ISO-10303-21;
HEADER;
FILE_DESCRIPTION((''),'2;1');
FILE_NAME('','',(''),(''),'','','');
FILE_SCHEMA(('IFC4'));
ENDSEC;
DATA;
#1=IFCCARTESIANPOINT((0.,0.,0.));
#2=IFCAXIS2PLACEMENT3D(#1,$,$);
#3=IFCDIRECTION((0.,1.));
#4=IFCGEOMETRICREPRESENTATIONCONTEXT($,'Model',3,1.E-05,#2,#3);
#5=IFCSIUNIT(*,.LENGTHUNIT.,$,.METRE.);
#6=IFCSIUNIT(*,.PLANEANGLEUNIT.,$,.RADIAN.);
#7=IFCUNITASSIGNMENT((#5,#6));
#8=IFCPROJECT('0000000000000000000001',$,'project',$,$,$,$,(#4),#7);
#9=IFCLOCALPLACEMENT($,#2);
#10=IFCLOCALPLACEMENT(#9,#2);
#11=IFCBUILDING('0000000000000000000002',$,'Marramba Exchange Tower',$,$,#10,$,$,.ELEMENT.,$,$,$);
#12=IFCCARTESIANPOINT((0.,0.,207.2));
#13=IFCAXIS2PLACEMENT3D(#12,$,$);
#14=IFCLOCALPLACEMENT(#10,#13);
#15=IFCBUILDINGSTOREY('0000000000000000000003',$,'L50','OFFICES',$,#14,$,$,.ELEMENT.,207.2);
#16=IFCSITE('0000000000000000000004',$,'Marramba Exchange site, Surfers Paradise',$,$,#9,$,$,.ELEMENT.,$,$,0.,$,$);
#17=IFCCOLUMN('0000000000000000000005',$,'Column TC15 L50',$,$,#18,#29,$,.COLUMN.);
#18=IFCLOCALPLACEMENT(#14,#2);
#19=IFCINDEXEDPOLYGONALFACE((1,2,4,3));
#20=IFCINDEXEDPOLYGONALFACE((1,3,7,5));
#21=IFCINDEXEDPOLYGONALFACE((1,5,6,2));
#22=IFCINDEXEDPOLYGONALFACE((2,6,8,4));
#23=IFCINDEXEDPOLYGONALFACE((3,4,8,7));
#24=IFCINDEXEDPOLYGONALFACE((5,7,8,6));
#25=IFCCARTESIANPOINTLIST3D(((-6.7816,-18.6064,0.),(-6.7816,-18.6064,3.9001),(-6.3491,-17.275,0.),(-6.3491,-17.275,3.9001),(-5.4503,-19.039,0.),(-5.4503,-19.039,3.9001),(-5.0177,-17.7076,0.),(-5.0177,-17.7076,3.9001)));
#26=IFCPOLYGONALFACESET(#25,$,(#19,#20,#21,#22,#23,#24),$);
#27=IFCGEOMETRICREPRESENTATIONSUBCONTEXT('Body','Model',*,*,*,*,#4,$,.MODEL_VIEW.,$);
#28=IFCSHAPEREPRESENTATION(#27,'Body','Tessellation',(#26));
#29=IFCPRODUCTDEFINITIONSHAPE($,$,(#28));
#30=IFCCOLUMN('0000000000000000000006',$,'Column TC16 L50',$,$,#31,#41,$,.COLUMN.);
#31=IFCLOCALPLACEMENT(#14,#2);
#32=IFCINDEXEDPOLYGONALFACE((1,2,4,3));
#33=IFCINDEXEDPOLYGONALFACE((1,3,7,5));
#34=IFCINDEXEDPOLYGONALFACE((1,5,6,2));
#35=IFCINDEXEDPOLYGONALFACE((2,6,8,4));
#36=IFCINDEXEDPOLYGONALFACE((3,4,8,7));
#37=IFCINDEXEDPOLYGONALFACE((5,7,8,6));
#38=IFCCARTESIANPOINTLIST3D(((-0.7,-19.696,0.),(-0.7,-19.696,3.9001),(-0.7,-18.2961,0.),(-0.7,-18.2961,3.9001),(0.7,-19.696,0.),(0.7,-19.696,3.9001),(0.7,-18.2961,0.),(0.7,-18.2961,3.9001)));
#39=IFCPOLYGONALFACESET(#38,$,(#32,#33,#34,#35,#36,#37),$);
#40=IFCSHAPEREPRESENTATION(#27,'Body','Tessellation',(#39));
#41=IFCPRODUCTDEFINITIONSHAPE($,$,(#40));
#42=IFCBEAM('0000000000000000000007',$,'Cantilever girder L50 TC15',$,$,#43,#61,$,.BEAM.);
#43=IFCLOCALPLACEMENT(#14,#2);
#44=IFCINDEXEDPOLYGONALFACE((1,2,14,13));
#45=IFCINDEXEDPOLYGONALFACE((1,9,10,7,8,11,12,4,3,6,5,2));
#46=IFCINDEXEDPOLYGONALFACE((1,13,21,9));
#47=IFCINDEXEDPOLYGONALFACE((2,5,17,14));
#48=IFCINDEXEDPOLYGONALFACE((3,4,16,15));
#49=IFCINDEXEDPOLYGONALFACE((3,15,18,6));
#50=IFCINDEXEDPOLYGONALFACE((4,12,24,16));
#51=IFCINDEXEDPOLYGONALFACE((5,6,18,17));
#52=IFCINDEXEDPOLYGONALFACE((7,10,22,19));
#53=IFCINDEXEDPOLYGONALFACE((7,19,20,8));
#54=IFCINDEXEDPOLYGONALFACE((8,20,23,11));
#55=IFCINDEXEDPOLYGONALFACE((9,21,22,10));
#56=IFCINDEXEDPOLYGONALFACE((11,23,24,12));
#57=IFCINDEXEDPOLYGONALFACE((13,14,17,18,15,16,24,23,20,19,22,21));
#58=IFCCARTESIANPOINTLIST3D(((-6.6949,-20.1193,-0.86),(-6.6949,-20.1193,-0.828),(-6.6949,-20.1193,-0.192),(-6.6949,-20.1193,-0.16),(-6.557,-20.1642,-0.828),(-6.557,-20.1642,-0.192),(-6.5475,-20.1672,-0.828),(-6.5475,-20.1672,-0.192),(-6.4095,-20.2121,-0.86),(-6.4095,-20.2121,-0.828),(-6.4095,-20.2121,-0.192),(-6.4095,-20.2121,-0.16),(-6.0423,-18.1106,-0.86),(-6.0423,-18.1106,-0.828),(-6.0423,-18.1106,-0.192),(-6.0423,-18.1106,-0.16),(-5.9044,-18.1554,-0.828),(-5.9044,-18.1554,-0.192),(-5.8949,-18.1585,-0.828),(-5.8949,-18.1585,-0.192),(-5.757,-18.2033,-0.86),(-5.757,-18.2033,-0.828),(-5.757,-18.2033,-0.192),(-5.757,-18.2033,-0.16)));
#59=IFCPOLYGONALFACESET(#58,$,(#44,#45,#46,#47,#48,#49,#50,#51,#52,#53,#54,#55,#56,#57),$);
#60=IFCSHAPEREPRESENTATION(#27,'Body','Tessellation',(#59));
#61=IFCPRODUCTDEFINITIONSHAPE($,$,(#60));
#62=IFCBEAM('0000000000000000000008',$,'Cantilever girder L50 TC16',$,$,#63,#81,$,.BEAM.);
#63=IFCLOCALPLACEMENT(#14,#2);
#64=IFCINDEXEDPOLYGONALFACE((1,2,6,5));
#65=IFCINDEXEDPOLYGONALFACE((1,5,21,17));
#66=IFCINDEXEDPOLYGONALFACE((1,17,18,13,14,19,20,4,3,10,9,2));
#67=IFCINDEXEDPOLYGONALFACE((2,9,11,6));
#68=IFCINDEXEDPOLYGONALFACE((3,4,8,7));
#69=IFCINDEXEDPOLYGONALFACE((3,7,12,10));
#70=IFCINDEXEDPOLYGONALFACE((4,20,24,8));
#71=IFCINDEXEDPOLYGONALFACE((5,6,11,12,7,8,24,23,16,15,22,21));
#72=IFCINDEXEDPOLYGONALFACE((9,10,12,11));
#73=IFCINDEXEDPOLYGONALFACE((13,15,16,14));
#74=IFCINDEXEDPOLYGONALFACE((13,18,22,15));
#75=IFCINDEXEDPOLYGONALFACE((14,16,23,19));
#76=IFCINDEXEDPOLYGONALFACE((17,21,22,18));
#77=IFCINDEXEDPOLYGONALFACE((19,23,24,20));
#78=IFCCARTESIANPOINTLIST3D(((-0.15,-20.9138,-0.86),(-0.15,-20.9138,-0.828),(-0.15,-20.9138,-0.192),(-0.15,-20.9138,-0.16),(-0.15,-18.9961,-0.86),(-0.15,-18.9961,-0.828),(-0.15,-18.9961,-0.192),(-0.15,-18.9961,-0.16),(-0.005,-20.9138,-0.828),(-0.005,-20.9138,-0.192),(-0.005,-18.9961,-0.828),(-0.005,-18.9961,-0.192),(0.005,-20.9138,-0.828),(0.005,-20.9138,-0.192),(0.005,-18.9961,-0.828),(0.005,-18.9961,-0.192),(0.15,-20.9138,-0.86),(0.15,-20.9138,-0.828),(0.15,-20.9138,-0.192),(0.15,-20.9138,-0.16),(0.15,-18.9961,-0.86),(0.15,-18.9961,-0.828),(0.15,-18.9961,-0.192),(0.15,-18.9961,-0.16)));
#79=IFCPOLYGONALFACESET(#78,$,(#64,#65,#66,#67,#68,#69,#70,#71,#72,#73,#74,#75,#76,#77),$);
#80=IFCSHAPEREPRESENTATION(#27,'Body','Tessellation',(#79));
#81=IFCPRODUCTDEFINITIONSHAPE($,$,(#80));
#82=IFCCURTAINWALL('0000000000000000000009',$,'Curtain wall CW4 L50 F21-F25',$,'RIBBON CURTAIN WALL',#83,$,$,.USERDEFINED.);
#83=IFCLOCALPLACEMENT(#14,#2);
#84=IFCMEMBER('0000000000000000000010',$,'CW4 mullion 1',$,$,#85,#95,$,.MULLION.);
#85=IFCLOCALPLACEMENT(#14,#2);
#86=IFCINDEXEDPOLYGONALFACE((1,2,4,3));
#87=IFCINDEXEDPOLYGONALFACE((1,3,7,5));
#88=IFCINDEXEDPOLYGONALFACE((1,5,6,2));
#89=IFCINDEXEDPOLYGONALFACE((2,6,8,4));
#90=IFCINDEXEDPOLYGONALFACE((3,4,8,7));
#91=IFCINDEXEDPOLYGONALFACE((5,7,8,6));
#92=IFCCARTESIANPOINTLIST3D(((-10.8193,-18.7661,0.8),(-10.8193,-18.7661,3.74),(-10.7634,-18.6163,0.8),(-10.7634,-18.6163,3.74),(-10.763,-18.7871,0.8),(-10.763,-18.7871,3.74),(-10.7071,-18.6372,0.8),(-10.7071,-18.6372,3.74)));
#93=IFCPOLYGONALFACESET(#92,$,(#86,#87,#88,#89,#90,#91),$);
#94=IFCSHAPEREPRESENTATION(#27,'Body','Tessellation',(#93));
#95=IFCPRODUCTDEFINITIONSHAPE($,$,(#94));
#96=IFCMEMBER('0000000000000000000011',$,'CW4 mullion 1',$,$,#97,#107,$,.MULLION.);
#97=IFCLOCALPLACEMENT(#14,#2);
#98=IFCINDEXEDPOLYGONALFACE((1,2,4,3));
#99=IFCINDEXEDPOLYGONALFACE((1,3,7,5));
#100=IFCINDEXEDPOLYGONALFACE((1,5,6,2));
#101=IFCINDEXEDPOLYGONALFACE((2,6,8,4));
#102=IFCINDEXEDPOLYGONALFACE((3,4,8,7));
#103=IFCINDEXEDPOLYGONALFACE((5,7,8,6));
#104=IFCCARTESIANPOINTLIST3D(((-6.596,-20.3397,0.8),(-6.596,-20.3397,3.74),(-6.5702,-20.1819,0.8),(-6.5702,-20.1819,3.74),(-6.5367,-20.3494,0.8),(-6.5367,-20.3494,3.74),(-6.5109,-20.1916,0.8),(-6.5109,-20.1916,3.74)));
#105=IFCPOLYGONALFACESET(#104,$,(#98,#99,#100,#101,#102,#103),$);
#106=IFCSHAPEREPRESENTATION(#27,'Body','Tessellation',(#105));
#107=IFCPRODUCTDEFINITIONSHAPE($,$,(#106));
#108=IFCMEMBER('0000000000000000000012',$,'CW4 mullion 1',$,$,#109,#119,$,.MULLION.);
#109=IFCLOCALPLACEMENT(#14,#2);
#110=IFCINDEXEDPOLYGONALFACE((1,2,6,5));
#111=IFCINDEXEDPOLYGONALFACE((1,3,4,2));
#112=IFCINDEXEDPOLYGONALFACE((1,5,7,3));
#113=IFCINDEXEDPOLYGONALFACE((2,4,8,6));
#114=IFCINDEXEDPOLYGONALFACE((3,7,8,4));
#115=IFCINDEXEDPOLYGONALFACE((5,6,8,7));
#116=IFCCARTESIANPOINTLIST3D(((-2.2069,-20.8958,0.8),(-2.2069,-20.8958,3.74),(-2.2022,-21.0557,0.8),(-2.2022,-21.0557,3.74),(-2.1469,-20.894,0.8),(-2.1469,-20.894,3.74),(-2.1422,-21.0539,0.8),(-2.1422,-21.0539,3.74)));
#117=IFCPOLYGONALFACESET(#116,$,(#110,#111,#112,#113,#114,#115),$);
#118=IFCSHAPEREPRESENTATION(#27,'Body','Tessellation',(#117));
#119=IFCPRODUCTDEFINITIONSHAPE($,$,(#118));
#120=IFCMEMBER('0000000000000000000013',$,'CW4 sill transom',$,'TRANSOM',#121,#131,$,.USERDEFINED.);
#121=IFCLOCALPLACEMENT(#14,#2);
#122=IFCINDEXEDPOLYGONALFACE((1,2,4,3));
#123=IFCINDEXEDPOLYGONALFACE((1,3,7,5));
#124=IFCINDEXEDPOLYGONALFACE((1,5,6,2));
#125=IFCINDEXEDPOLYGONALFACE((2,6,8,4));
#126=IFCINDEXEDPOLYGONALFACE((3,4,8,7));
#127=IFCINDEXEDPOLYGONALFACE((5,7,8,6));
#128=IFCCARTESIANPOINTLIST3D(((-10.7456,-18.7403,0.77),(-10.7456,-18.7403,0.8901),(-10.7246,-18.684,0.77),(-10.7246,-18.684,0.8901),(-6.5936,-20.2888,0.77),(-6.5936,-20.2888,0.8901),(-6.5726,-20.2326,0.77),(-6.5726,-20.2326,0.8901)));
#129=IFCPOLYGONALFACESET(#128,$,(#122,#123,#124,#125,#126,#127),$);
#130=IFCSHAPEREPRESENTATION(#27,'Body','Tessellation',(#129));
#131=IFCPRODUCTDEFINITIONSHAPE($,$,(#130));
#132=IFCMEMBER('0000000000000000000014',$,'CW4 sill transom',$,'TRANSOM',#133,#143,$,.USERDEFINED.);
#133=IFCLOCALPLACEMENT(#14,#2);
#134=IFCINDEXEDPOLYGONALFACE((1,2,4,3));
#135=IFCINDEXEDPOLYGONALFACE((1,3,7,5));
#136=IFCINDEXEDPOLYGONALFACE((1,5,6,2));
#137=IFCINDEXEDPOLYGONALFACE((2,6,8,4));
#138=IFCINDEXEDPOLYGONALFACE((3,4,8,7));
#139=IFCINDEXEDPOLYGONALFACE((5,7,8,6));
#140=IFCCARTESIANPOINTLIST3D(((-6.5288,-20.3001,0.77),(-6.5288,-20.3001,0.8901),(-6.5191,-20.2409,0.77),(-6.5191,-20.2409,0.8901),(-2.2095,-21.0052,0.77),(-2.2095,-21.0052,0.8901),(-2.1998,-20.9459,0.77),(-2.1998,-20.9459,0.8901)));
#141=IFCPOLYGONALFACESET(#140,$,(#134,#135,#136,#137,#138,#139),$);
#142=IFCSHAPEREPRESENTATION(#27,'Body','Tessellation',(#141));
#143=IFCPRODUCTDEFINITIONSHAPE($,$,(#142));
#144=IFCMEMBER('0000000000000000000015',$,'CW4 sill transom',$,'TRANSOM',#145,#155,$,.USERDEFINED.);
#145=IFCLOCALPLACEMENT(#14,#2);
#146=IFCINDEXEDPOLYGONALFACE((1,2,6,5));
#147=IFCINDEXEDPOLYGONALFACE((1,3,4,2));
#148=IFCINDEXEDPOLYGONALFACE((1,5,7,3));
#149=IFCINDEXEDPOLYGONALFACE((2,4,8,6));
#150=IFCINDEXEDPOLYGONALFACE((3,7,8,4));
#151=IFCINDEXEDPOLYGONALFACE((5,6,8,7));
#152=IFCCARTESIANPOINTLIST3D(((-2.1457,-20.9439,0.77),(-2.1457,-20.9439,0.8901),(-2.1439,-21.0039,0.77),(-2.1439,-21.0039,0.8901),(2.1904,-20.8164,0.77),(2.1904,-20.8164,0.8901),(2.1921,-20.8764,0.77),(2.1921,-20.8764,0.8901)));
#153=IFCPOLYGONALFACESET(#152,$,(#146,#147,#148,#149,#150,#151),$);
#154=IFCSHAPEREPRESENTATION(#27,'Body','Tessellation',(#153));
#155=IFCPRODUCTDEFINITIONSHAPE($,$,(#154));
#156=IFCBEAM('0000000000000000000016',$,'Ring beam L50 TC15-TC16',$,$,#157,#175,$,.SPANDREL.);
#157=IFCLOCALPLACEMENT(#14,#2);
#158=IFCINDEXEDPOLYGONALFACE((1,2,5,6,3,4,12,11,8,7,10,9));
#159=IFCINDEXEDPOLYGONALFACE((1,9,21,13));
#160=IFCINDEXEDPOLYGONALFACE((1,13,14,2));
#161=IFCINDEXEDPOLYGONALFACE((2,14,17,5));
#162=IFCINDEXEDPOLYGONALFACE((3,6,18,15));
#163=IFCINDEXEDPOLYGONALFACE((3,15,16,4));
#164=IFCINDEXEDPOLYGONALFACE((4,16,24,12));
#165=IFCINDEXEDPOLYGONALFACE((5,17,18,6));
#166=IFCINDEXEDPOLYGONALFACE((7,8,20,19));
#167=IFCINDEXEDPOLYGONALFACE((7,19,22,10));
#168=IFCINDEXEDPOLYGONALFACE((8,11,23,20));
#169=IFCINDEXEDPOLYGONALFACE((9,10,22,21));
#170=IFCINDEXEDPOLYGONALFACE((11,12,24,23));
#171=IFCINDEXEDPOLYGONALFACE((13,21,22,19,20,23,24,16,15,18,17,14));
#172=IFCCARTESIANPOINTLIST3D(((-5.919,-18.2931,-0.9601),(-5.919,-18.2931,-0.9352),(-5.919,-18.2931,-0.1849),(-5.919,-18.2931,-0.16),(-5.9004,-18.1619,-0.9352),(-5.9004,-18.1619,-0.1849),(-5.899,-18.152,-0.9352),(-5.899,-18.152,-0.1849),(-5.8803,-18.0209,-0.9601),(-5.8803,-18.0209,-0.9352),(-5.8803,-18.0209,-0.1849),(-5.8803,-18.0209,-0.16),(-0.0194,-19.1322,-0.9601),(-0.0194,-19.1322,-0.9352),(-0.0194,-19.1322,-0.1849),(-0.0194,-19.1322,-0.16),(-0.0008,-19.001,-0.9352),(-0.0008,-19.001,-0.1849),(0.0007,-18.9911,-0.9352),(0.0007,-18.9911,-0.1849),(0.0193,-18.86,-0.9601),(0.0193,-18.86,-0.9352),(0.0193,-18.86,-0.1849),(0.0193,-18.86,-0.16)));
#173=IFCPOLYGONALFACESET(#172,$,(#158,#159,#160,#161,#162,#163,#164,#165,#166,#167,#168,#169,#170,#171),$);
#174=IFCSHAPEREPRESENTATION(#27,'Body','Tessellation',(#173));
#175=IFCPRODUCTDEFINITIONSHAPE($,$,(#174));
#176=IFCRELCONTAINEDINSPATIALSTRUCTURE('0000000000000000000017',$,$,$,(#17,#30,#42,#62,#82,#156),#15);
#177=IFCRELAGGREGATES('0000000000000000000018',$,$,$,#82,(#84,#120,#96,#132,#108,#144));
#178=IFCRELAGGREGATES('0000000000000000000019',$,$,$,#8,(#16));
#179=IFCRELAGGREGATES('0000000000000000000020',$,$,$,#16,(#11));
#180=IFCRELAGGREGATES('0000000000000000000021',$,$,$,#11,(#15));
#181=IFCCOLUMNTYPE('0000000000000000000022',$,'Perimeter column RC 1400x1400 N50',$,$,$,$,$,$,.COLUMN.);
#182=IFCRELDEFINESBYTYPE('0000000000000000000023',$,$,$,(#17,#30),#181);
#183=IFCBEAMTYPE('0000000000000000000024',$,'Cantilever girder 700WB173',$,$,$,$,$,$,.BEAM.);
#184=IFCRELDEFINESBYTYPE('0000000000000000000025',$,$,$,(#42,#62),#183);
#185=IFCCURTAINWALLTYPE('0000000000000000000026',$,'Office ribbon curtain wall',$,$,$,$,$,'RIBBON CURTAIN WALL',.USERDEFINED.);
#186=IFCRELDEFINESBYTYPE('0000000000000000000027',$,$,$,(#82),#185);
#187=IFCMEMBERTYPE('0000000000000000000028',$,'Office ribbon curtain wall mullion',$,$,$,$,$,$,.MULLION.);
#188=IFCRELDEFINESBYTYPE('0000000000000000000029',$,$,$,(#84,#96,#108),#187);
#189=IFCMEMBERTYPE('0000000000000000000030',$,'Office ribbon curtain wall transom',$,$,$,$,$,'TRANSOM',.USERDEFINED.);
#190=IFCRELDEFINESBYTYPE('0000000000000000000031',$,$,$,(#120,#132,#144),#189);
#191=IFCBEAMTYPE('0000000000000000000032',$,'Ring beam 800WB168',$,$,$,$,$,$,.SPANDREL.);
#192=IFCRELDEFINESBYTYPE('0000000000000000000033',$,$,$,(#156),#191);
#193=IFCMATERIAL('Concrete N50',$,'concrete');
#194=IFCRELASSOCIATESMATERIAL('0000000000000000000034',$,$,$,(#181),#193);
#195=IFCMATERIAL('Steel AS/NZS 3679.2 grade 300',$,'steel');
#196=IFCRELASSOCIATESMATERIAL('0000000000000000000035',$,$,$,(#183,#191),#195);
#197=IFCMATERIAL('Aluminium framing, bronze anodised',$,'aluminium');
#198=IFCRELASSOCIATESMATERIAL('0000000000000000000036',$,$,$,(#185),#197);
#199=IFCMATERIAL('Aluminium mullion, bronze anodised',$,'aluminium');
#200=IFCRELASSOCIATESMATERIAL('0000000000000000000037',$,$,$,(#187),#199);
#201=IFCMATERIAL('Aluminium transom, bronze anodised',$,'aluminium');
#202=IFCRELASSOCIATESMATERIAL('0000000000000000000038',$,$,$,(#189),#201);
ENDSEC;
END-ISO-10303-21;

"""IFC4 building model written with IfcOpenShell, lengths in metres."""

from ifc_helpers import new_model, si_unit, direction, frame, origin, origin_2d, place, context, subcontext, project, spatial, rectangle, i_section, extrude, material, material_profile, profile_set, type_object, element, aggregate, save


model = new_model("IFC4")

# Units and contexts
model_context = context("Model", 3, precision=1e-05, world=origin(), true_north=direction((0.0, 1.0)))
body_context = subcontext(model_context, "Body", "Model", "MODEL_VIEW")
ifc_project = project(units=[si_unit("LENGTHUNIT", "METRE"), si_unit("PLANEANGLEUNIT", "RADIAN")], contexts=[model_context])

# Site, building, storey
site_placement = place(None, origin())
site = spatial("IfcSite", under=ifc_project, at=site_placement, Name="Marramba Exchange site, Surfers Paradise", CompositionType="ELEMENT", RefElevation=0.0)
building_placement = place(site_placement, origin())
building = spatial("IfcBuilding", under=site, at=building_placement, Name="Marramba Exchange Tower", CompositionType="ELEMENT")
storey_placement = place(building_placement, frame((0.0, 0.0, 207.2)))
storey = spatial("IfcBuildingStorey", under=building, at=storey_placement, Name="L50", Description="OFFICES", CompositionType="ELEMENT", Elevation=207.2)

# Columns
ifc_material_1 = material(Name="Concrete N50", Category="concrete")
ifc_material_profile_1 = material_profile(ifc_material_1, rectangle(XDim=1.3999, YDim=1.3999, at=origin_2d()), Name="RC 1400x1400")
ifc_profile_set_1 = profile_set([ifc_material_profile_1], Name="Concrete N50")
column_type = type_object("IfcColumnType", Name="Perimeter column RC 1400x1400 N50", PredefinedType="COLUMN", material=ifc_profile_set_1)
for number, where, z_axis, x_axis, name in (
    (1, (-5.8997, -18.157, 0.0), (0.0, 0.0, 1.0), (-0.309017, -0.951057, 0.0), "Column TC15 L50"),
    (2, (0.0, -18.9961, 0.0), (0.0, 0.0, 1.0), (0.0, -1.0, 0.0), "Column TC16 L50"),
):
    element("IfcColumn", number, at=place(storey_placement, frame(where, z_axis=z_axis, x_axis=x_axis)), inside=storey, type_object=column_type, Name=name, PredefinedType="COLUMN", context=body_context, shape_type="SweptSolid", body=[
        extrude(rectangle(XDim=1.3999, YDim=1.3999, at=origin_2d()), origin(), (0.0, 0.0, 1.0), 3.9001),
    ])

# Beams
ifc_material_2 = material(Name="Steel AS/NZS 3679.2 grade 300", Category="steel")
ifc_material_profile_2 = material_profile(ifc_material_2, i_section(OverallWidth=0.3, OverallDepth=0.7, WebThickness=0.01, FlangeThickness=0.032, at=origin_2d()), Name="700WB173")
ifc_profile_set_2 = profile_set([ifc_material_profile_2], Name="Steel AS/NZS 3679.2 grade 300")
beam_type_1 = type_object("IfcBeamType", Name="Cantilever girder 700WB173", PredefinedType="BEAM", material=ifc_profile_set_2)
beam_1_placement = place(storey_placement, frame((-5.8997, -18.157, -0.51), z_axis=(-0.308971, -0.951071, 0.0), x_axis=(0.951071, -0.308971, 0.0)))
element("IfcBeam", 3, at=beam_1_placement, inside=storey, type_object=beam_type_1, Name="Cantilever girder L50 TC15", PredefinedType="BEAM", context=body_context, shape_type="SweptSolid", body=[
    extrude(i_section(OverallWidth=0.3, OverallDepth=0.7, WebThickness=0.01, FlangeThickness=0.032, at=origin_2d()), origin(), (0.0, 0.0, 1.0), 2.1121),
])
beam_2_placement = place(storey_placement, frame((0.0, -18.9961, -0.51), z_axis=(0.0, -1.0, 0.0), x_axis=(1.0, 0.0, 0.0)))
element("IfcBeam", 4, at=beam_2_placement, inside=storey, type_object=beam_type_1, Name="Cantilever girder L50 TC16", PredefinedType="BEAM", context=body_context, shape_type="SweptSolid", body=[
    extrude(i_section(OverallWidth=0.3, OverallDepth=0.7, WebThickness=0.01, FlangeThickness=0.032, at=origin_2d()), origin(), (0.0, 0.0, 1.0), 1.9177),
])

# Curtain wall, members
ifc_material_3 = material(Name="Aluminium framing, bronze anodised", Category="aluminium")
curtain_wall_type = type_object("IfcCurtainWallType", Name="Office ribbon curtain wall", ElementType="RIBBON CURTAIN WALL", PredefinedType="USERDEFINED", material=ifc_material_3)
curtain_wall_1_placement = place(storey_placement, origin())
curtain_wall_1 = element("IfcCurtainWall", 5, at=curtain_wall_1_placement, inside=storey, type_object=curtain_wall_type, Name="Curtain wall CW4 L50 F21-F25", ObjectType="RIBBON CURTAIN WALL", PredefinedType="USERDEFINED")
ifc_material_4 = material(Name="Aluminium mullion, bronze anodised", Category="aluminium")
ifc_material_profile_3 = material_profile(ifc_material_4, rectangle(XDim=0.1599, YDim=0.0601, at=origin_2d()), Name="CW4 mullion 60x160")
ifc_profile_set_3 = profile_set([ifc_material_profile_3], Name="Aluminium mullion, bronze anodised")
member_type_1 = type_object("IfcMemberType", Name="Office ribbon curtain wall mullion", PredefinedType="MULLION", material=ifc_profile_set_3)
member_1_placement = place(storey_placement, frame((-10.7632, -18.7017, 0.8), z_axis=(0.0, 0.0, 1.0), x_axis=(0.349459, 0.936952, 0.0)))
member_1 = element("IfcMember", 6, at=member_1_placement, type_object=member_type_1, Name="CW4 mullion 1", PredefinedType="MULLION", context=body_context, shape_type="SweptSolid", body=[
    extrude(rectangle(XDim=0.1599, YDim=0.0601, at=origin_2d()), origin(), (0.0, 0.0, 1.0), 2.9399),
])
member_2_placement = place(storey_placement, frame((-6.5535, -20.2656, 0.8), z_axis=(0.0, 0.0, 1.0), x_axis=(0.161146, 0.986931, 0.0)))
member_2 = element("IfcMember", 7, at=member_2_placement, type_object=member_type_1, Name="CW4 mullion 1", PredefinedType="MULLION", context=body_context, shape_type="SweptSolid", body=[
    extrude(rectangle(XDim=0.1599, YDim=0.0601, at=origin_2d()), origin(), (0.0, 0.0, 1.0), 2.9399),
])
member_3_placement = place(storey_placement, frame((-2.1746, -20.9749, 0.8), z_axis=(0.0, 0.0, 1.0), x_axis=(-0.029393, 0.999568, 0.0)))
member_3 = element("IfcMember", 8, at=member_3_placement, type_object=member_type_1, Name="CW4 mullion 1", PredefinedType="MULLION", context=body_context, shape_type="SweptSolid", body=[
    extrude(rectangle(XDim=0.1599, YDim=0.0601, at=origin_2d()), origin(), (0.0, 0.0, 1.0), 2.9399),
])
ifc_material_5 = material(Name="Aluminium transom, bronze anodised", Category="aluminium")
ifc_material_profile_4 = material_profile(ifc_material_5, rectangle(XDim=0.0601, YDim=0.1201, at=origin_2d()), Name="CW4 transom 60x120")
ifc_profile_set_4 = profile_set([ifc_material_profile_4], Name="Aluminium transom, bronze anodised")
member_type_2 = type_object("IfcMemberType", Name="Office ribbon curtain wall transom", ElementType="TRANSOM", PredefinedType="USERDEFINED", material=ifc_profile_set_4)
member_4_placement = place(storey_placement, frame((-10.7351, -18.7122, 0.8301), z_axis=(0.936955, -0.34945, 0.0), x_axis=(0.34945, 0.936955, 0.0)))
member_4 = element("IfcMember", 9, at=member_4_placement, type_object=member_type_2, Name="CW4 sill transom", ObjectType="TRANSOM", PredefinedType="USERDEFINED", context=body_context, shape_type="SweptSolid", body=[
    extrude(rectangle(XDim=0.0601, YDim=0.1201, at=origin_2d()), origin(), (0.0, 0.0, 1.0), 4.4314),
])
member_5_placement = place(storey_placement, frame((-6.5239, -20.2705, 0.8301), z_axis=(0.986937, -0.161105, 0.0), x_axis=(0.161105, 0.986937, 0.0)))
member_5 = element("IfcMember", 10, at=member_5_placement, type_object=member_type_2, Name="CW4 sill transom", ObjectType="TRANSOM", PredefinedType="USERDEFINED", context=body_context, shape_type="SweptSolid", body=[
    extrude(rectangle(XDim=0.0601, YDim=0.1201, at=origin_2d()), origin(), (0.0, 0.0, 1.0), 4.3765),
])
member_6_placement = place(storey_placement, frame((-2.1448, -20.9739, 0.8301), z_axis=(0.999568, 0.029379, 0.0), x_axis=(-0.029379, 0.999568, 0.0)))
member_6 = element("IfcMember", 11, at=member_6_placement, type_object=member_type_2, Name="CW4 sill transom", ObjectType="TRANSOM", PredefinedType="USERDEFINED", context=body_context, shape_type="SweptSolid", body=[
    extrude(rectangle(XDim=0.0601, YDim=0.1201, at=origin_2d()), origin(), (0.0, 0.0, 1.0), 4.3379),
])

# Beam
ifc_material_profile_5 = material_profile(ifc_material_2, i_section(OverallWidth=0.2749, OverallDepth=0.8, WebThickness=0.01, FlangeThickness=0.0249, at=origin_2d()), Name="800WB168")
ifc_profile_set_5 = profile_set([ifc_material_profile_5], Name="Steel AS/NZS 3679.2 grade 300")
beam_type_2 = type_object("IfcBeamType", Name="Ring beam 800WB168", PredefinedType="SPANDREL", material=ifc_profile_set_5)
for number, where, z_axis, x_axis, name in (
    (12, (-5.8997, -18.157, -0.5601), (0.990036, -0.140813, 0.0), (0.140813, 0.990036, 0.0), "Ring beam L50 TC15-TC16"),
):
    element("IfcBeam", number, at=place(storey_placement, frame(where, z_axis=z_axis, x_axis=x_axis)), inside=storey, type_object=beam_type_2, Name=name, PredefinedType="SPANDREL", context=body_context, shape_type="SweptSolid", body=[
        extrude(i_section(OverallWidth=0.2749, OverallDepth=0.8, WebThickness=0.01, FlangeThickness=0.0249, at=origin_2d()), origin(), (0.0, 0.0, 1.0), 5.959),
    ])

aggregate(curtain_wall_1, [member_1, member_4, member_2, member_5, member_3, member_6])

save(model, "model.ifc")
